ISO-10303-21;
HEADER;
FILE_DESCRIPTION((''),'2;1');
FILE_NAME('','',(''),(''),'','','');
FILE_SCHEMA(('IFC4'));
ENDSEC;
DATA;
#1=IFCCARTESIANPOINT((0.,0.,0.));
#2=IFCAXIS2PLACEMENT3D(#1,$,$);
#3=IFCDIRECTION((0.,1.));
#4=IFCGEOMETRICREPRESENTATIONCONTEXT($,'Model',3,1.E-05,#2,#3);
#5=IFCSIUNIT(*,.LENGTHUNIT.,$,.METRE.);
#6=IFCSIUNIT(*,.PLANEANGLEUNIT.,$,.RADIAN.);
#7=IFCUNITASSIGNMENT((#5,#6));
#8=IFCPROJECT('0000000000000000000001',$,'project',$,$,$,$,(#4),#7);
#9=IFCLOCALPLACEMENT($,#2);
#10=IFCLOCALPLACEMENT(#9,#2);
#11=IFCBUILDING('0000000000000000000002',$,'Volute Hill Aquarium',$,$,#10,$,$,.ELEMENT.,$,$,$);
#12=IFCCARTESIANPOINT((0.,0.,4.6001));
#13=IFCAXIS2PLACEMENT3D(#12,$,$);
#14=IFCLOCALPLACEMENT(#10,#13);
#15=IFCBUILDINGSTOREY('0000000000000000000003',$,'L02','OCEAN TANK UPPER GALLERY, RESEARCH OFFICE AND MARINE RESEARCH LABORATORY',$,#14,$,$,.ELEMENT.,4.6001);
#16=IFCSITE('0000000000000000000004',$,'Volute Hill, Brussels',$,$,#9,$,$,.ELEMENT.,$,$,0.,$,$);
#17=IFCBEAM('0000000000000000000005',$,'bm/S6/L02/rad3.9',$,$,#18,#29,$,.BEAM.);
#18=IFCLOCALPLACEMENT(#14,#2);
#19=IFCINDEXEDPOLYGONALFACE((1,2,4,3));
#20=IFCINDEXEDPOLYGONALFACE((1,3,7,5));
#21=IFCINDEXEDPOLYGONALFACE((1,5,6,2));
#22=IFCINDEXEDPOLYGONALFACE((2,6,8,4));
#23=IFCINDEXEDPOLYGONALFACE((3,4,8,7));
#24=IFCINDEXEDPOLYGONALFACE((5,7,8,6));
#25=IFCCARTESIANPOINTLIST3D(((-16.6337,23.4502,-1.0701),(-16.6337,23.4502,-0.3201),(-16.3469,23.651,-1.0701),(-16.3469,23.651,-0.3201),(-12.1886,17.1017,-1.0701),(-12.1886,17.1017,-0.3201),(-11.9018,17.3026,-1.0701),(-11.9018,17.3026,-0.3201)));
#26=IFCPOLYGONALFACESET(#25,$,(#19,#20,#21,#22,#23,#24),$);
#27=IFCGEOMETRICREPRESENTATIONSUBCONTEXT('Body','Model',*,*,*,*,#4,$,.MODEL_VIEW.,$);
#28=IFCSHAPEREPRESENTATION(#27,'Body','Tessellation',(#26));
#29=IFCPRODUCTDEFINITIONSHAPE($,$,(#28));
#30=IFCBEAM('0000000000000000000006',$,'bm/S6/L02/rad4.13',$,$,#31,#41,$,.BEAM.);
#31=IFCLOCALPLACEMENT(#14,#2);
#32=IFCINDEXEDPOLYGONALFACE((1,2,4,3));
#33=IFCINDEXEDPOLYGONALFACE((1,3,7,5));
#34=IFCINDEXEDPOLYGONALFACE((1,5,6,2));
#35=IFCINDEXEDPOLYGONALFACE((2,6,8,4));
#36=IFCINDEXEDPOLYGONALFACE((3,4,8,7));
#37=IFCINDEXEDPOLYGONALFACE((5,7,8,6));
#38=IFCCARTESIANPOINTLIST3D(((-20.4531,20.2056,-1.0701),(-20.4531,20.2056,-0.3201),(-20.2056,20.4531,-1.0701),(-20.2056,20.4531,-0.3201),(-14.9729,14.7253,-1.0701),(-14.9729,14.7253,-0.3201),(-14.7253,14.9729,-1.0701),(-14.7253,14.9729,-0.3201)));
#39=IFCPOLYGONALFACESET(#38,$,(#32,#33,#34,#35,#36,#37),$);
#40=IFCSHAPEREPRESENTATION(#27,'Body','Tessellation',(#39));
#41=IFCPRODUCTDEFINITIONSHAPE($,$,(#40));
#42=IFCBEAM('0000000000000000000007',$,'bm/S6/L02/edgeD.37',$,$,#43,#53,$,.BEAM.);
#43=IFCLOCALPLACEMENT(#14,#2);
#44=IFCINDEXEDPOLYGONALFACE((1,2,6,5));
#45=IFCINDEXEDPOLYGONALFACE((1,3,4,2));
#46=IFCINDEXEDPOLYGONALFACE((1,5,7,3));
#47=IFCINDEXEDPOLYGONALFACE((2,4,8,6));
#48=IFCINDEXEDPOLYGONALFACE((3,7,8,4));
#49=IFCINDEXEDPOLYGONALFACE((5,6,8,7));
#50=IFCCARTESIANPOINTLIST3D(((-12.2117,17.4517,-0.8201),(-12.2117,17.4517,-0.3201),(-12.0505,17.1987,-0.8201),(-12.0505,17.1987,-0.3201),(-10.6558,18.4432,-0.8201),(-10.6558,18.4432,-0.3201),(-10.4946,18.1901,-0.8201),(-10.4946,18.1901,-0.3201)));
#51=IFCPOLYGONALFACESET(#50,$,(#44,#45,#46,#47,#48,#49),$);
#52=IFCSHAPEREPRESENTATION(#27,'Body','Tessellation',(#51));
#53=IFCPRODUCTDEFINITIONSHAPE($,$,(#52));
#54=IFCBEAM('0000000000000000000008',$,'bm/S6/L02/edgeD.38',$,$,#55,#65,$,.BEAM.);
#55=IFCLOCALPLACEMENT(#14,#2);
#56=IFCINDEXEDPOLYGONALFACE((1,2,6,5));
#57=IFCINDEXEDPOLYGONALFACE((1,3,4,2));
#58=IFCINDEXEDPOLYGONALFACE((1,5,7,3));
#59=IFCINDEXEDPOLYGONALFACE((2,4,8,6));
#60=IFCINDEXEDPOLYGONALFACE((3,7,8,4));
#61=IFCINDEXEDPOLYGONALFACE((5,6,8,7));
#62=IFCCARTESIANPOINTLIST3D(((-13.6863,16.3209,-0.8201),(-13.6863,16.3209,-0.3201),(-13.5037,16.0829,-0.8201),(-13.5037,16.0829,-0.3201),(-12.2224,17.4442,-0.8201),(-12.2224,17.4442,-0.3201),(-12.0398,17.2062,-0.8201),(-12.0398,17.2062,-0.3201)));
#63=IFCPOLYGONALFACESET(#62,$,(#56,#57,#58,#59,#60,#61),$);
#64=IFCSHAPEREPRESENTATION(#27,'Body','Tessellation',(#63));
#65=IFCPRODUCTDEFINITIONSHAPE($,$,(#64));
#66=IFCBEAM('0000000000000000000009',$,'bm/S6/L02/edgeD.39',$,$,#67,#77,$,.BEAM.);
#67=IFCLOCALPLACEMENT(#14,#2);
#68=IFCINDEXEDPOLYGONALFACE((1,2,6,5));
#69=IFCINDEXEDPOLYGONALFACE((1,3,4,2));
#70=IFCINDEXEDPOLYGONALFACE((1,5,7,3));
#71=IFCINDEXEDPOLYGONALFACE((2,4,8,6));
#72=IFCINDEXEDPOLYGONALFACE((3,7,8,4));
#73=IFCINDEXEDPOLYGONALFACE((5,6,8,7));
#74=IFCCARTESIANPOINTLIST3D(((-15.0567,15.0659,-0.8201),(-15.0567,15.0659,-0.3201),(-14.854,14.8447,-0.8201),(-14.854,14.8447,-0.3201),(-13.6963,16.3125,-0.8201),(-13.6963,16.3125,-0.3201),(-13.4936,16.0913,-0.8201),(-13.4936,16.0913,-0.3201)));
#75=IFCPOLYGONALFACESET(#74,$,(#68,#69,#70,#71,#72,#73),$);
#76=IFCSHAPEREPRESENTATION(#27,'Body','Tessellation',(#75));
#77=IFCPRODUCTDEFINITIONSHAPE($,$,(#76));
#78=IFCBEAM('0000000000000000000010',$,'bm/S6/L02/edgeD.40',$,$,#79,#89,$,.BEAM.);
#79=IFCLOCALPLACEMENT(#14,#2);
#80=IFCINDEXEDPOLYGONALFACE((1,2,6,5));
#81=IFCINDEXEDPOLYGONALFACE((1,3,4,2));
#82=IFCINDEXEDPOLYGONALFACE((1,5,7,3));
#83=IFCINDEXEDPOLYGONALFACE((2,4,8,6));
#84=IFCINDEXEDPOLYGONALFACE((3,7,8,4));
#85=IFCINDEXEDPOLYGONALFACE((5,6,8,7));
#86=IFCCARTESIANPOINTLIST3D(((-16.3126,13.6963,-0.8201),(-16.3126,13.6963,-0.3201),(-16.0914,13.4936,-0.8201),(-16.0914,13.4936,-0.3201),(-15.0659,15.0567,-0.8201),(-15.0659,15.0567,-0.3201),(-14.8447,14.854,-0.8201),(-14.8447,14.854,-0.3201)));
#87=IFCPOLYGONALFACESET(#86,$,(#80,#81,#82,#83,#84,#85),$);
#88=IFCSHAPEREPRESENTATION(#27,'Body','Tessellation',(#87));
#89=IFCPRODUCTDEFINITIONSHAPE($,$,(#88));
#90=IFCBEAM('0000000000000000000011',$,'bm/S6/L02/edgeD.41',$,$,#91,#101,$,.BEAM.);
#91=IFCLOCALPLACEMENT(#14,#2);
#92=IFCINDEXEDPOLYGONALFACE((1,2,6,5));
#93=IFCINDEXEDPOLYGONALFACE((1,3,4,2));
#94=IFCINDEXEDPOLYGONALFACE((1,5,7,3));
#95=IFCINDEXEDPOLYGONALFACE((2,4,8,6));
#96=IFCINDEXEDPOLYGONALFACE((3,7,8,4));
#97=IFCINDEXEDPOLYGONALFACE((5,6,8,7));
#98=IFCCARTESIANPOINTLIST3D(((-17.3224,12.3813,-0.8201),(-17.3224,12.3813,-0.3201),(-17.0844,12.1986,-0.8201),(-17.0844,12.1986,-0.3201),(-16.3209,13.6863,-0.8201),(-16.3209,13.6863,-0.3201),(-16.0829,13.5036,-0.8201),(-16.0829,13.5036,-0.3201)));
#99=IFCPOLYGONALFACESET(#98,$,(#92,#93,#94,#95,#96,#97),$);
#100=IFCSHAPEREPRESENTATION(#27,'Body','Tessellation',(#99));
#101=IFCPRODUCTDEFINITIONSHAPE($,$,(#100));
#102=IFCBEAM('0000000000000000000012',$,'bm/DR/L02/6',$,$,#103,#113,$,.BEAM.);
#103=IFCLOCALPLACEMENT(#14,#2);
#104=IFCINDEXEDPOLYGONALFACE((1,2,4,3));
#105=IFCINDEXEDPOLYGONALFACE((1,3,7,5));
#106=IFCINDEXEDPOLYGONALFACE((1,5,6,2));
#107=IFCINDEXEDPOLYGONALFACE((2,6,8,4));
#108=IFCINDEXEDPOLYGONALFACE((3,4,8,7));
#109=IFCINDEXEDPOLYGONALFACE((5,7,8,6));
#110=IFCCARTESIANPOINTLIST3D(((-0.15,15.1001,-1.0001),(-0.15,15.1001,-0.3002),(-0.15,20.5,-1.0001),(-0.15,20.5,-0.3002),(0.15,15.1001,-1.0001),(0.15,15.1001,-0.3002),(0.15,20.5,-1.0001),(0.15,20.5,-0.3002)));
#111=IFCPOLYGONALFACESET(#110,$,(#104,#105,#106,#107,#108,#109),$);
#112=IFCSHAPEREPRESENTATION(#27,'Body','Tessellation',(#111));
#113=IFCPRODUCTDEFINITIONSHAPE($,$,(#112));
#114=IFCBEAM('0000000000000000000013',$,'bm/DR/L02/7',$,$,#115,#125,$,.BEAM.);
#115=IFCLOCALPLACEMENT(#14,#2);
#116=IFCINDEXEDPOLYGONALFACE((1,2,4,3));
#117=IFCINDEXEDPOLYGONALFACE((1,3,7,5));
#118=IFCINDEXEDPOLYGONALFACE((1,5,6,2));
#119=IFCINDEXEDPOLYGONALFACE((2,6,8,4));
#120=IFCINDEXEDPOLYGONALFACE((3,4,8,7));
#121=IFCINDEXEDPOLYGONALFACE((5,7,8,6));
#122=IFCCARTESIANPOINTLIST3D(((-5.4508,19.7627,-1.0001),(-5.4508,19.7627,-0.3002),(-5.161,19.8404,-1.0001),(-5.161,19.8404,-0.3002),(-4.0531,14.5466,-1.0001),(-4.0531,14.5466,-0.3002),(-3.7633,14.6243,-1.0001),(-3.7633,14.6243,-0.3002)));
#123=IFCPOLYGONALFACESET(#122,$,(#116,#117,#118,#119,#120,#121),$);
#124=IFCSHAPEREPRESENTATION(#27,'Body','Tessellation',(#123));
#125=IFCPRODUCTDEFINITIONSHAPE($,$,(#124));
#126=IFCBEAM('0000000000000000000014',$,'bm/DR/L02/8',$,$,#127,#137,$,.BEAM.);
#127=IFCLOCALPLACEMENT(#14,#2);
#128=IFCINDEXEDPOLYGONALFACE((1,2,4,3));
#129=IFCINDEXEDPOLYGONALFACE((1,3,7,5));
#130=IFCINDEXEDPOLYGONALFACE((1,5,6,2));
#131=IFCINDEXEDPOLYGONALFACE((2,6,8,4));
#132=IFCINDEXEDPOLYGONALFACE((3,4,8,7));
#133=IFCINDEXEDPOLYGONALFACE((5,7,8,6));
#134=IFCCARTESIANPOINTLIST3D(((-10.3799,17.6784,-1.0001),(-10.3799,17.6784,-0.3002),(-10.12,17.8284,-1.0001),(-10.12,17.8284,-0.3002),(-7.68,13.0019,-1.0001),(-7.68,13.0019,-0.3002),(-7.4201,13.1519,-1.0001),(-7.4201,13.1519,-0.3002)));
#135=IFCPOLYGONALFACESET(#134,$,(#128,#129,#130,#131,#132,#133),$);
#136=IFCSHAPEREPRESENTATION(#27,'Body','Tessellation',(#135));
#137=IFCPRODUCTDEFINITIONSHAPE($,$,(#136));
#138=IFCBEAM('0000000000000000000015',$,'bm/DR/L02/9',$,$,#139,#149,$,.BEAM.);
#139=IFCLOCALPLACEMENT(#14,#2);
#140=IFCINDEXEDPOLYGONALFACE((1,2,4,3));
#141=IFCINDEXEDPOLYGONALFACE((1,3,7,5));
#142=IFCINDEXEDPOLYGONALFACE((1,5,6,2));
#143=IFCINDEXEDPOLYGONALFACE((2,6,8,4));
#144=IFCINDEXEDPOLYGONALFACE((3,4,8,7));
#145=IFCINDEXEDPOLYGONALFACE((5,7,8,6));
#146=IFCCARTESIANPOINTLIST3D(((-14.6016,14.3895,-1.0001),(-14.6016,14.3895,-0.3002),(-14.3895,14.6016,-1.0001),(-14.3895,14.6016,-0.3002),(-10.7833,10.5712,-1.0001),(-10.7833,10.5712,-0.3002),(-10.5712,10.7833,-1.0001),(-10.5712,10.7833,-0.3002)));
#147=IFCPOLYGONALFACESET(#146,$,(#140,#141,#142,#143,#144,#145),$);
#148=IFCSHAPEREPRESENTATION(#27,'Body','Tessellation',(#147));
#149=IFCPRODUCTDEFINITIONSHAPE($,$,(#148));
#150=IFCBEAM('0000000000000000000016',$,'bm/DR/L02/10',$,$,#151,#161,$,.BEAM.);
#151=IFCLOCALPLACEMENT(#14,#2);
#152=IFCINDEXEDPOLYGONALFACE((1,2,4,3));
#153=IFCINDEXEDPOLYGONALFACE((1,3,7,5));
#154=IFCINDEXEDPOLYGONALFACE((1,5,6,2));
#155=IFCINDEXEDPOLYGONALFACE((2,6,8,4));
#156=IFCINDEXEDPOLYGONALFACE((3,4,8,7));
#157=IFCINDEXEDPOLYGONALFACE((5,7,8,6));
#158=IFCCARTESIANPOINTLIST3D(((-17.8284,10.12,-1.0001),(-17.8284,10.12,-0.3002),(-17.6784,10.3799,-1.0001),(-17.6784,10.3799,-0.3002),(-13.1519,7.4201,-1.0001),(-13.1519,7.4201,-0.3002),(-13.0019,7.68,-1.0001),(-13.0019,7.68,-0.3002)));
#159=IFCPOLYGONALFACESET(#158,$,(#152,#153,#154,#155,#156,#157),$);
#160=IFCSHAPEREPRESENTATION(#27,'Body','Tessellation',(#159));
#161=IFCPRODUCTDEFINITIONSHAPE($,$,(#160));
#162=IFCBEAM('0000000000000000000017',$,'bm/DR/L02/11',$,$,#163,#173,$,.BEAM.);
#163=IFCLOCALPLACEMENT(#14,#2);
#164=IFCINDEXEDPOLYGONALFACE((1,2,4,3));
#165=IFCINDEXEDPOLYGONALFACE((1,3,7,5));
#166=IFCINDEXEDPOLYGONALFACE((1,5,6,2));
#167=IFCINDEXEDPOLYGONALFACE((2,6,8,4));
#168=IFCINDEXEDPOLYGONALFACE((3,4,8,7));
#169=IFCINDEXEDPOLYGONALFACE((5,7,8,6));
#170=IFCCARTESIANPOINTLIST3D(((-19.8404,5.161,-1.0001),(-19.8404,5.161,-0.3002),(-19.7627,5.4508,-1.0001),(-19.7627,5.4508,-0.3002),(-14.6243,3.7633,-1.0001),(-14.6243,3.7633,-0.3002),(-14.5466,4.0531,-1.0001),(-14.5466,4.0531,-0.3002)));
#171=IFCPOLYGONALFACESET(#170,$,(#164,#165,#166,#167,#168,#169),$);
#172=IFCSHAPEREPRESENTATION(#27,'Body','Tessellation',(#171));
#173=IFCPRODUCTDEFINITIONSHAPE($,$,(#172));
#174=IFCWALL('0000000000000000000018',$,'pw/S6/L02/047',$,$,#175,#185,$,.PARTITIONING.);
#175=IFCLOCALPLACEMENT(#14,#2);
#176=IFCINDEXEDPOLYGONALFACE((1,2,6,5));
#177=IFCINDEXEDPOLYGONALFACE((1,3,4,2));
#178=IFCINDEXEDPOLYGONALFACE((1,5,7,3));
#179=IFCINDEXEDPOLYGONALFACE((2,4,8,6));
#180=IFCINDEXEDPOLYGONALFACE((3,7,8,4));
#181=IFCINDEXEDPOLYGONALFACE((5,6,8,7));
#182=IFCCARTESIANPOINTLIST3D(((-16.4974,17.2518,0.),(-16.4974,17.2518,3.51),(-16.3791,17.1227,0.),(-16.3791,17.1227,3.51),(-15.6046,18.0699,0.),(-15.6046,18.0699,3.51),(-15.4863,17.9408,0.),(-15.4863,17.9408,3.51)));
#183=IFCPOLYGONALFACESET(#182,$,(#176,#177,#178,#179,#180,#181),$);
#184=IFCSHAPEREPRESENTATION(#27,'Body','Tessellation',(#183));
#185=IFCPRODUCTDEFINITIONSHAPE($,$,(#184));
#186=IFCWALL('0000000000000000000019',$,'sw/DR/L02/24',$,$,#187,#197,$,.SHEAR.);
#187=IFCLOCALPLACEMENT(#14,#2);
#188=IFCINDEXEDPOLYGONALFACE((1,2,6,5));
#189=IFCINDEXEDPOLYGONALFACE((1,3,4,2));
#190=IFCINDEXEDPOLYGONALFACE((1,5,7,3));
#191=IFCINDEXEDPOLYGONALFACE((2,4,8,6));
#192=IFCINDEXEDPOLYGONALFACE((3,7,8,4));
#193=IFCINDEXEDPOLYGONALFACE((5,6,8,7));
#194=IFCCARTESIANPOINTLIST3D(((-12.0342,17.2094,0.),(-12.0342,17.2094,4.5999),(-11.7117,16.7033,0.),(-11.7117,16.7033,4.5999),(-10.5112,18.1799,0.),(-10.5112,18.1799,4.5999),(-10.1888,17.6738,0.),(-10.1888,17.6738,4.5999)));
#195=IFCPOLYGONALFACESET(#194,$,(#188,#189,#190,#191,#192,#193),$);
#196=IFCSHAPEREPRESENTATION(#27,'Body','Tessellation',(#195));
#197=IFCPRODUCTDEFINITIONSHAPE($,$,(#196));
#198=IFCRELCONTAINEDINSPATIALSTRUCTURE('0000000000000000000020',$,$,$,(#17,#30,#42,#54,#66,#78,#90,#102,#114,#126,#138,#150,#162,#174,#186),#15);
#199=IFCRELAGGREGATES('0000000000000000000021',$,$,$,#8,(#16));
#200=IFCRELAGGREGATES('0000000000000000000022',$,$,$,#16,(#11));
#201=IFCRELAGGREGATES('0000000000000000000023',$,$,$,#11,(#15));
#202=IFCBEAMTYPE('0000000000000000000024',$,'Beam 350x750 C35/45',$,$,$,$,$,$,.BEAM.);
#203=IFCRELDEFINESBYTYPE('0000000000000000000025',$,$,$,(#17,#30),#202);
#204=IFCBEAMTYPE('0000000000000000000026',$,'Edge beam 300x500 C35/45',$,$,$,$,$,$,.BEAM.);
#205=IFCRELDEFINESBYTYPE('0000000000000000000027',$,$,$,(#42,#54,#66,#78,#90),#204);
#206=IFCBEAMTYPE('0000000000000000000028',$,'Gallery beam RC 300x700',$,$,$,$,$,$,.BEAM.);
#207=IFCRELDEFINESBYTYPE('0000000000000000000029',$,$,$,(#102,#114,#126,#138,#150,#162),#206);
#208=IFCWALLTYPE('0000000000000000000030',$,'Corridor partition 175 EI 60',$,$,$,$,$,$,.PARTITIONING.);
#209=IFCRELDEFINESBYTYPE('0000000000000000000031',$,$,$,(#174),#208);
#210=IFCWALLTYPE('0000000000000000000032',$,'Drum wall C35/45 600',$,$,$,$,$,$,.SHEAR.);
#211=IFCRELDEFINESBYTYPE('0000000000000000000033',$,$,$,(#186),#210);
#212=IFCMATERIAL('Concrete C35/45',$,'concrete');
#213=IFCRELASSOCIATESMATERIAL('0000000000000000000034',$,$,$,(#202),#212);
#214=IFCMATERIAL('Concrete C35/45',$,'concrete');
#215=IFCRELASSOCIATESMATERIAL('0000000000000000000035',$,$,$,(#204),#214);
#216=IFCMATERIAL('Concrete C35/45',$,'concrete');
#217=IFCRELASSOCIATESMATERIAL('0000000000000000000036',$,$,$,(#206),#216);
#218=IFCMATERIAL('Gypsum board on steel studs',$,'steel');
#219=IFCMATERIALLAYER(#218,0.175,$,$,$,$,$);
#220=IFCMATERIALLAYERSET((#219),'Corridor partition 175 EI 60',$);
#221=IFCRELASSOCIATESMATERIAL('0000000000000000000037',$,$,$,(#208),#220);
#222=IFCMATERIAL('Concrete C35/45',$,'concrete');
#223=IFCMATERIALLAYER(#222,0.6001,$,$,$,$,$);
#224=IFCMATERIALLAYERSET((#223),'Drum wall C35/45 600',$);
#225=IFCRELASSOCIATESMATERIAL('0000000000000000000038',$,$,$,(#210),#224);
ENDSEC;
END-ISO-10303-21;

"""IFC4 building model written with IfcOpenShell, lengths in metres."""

from ifc_helpers import new_model, si_unit, direction, frame, frame_2d, origin, origin_2d, place, context, subcontext, project, spatial, rectangle, extrude, material, layer, layer_set, material_profile, profile_set, type_object, element, save


model = new_model("IFC4")

# Units and contexts
model_context = context("Model", 3, precision=1e-05, world=origin(), true_north=direction((0.0, 1.0)))
body_context = subcontext(model_context, "Body", "Model", "MODEL_VIEW")
ifc_project = project(units=[si_unit("LENGTHUNIT", "METRE"), si_unit("PLANEANGLEUNIT", "RADIAN")], contexts=[model_context])

# Site, building, storey
site_placement = place(None, origin())
site = spatial("IfcSite", under=ifc_project, at=site_placement, Name="Volute Hill, Brussels", CompositionType="ELEMENT", RefElevation=0.0)
building_placement = place(site_placement, origin())
building = spatial("IfcBuilding", under=site, at=building_placement, Name="Volute Hill Aquarium", CompositionType="ELEMENT")
storey_placement = place(building_placement, frame((0.0, 0.0, 4.6001)))
storey = spatial("IfcBuildingStorey", under=building, at=storey_placement, Name="L02", Description="OCEAN TANK UPPER GALLERY, RESEARCH OFFICE AND MARINE RESEARCH LABORATORY", CompositionType="ELEMENT", Elevation=4.6001)

# Beams
ifc_material_1 = material(Name="Concrete C35/45", Category="concrete")
ifc_material_profile_1 = material_profile(ifc_material_1, rectangle(XDim=0.3501, YDim=0.75, at=origin_2d()), Name="RC beam 350x750")
ifc_profile_set_1 = profile_set([ifc_material_profile_1], Name="Concrete C35/45")
beam_type_1 = type_object("IfcBeamType", Name="Beam 350x750 C35/45", PredefinedType="BEAM", material=ifc_profile_set_1)
beam_1_placement = place(storey_placement, frame((-12.0452, 17.2021, -0.6951), z_axis=(-0.573566, 0.819159, 0.0), x_axis=(-0.819159, -0.573566, 0.0)))
element("IfcBeam", 1, at=beam_1_placement, inside=storey, type_object=beam_type_1, Name="bm/S6/L02/rad3.9", PredefinedType="BEAM", context=body_context, shape_type="SweptSolid", body=[
    extrude(rectangle(XDim=0.3501, YDim=0.75, at=origin_2d()), origin(), (0.0, 0.0, 1.0), 7.75),
])
beam_2_placement = place(storey_placement, frame((-14.8491, 14.8491, -0.6951), z_axis=(-0.707107, 0.707107, 0.0), x_axis=(-0.707107, -0.707107, 0.0)))
element("IfcBeam", 2, at=beam_2_placement, inside=storey, type_object=beam_type_1, Name="bm/S6/L02/rad4.13", PredefinedType="BEAM", context=body_context, shape_type="SweptSolid", body=[
    extrude(rectangle(XDim=0.3501, YDim=0.75, at=origin_2d()), origin(), (0.0, 0.0, 1.0), 7.7502),
])
ifc_material_2 = material(Name="Concrete C35/45", Category="concrete")
ifc_material_profile_2 = material_profile(ifc_material_2, rectangle(XDim=0.3, YDim=0.5, at=origin_2d()), Name="RC edge beam 300x500")
ifc_profile_set_2 = profile_set([ifc_material_profile_2], Name="Concrete C35/45")
beam_type_2 = type_object("IfcBeamType", Name="Edge beam 300x500 C35/45", PredefinedType="BEAM", material=ifc_profile_set_2)
beam_3_placement = place(storey_placement, frame((-10.5752, 18.3167, -0.5701), z_axis=(-0.843334, -0.537389, 0.0), x_axis=(0.537389, -0.843334, 0.0)))
element("IfcBeam", 3, at=beam_3_placement, inside=storey, type_object=beam_type_2, Name="bm/S6/L02/edgeD.37", PredefinedType="BEAM", context=body_context, shape_type="SweptSolid", body=[
    extrude(rectangle(XDim=0.3, YDim=0.5, at=origin_2d()), origin(), (0.0, 0.0, 1.0), 1.845),
])
for number, where, z_axis, x_axis, name in (
    (4, (-12.1311, 17.3252, -0.5701), (-0.793346, -0.60877, 0.0), (0.60877, -0.793346, 0.0), "bm/S6/L02/edgeD.38"),
    (5, (-13.595, 16.2019, -0.5701), (-0.737264, -0.675605, 0.0), (0.675605, -0.737264, 0.0), "bm/S6/L02/edgeD.39"),
    (6, (-14.9553, 14.9553, -0.5701), (-0.675605, -0.737264, 0.0), (0.737264, -0.675605, 0.0), "bm/S6/L02/edgeD.40"),
):
    element("IfcBeam", number, at=place(storey_placement, frame(where, z_axis=z_axis, x_axis=x_axis)), inside=storey, type_object=beam_type_2, Name=name, PredefinedType="BEAM", context=body_context, shape_type="SweptSolid", body=[
        extrude(rectangle(XDim=0.3, YDim=0.5, at=origin_2d()), origin(), (0.0, 0.0, 1.0), 1.8452),
    ])
beam_4_placement = place(storey_placement, frame((-16.2019, 13.595, -0.5701), z_axis=(-0.608821, -0.793308, 0.0), x_axis=(0.793308, -0.608821, 0.0)))
element("IfcBeam", 7, at=beam_4_placement, inside=storey, type_object=beam_type_2, Name="bm/S6/L02/edgeD.41", PredefinedType="BEAM", context=body_context, shape_type="SweptSolid", body=[
    extrude(rectangle(XDim=0.3, YDim=0.5, at=origin_2d()), origin(), (0.0, 0.0, 1.0), 1.645),
])
ifc_material_3 = material(Name="Concrete C35/45", Category="concrete")
ifc_material_profile_3 = material_profile(ifc_material_3, rectangle(XDim=0.3, YDim=0.7, at=origin_2d()), Name="RC beam 300x700")
ifc_profile_set_3 = profile_set([ifc_material_profile_3], Name="Concrete C35/45")
beam_type_3 = type_object("IfcBeamType", Name="Gallery beam RC 300x700", PredefinedType="BEAM", material=ifc_profile_set_3)
beam_5_placement = place(storey_placement, frame((0.0, 15.1001, -0.6501), z_axis=(0.0, 1.0, 0.0), x_axis=(-1.0, 0.0, 0.0)))
element("IfcBeam", 8, at=beam_5_placement, inside=storey, type_object=beam_type_3, Name="bm/DR/L02/6", PredefinedType="BEAM", context=body_context, shape_type="SweptSolid", body=[
    extrude(rectangle(XDim=0.3, YDim=0.7, at=origin_2d()), origin(), (0.0, 0.0, 1.0), 5.3999),
])
beam_6_placement = place(storey_placement, frame((-3.9082, 14.5854, -0.6501), z_axis=(-0.25883, 0.965923, 0.0), x_axis=(-0.965923, -0.25883, 0.0)))
element("IfcBeam", 9, at=beam_6_placement, inside=storey, type_object=beam_type_3, Name="bm/DR/L02/7", PredefinedType="BEAM", context=body_context, shape_type="SweptSolid", body=[
    extrude(rectangle(XDim=0.3, YDim=0.7, at=origin_2d()), origin(), (0.0, 0.0, 1.0), 5.4001),
])
for number, where, z_axis, x_axis, name in (
    (10, (-7.55, 13.0769, -0.6501), (-0.499995, 0.866028, 0.0), (-0.866028, -0.499995, 0.0), "bm/DR/L02/8"),
    (11, (-10.6772, 10.6772, -0.6501), (-0.707107, 0.707107, 0.0), (-0.707107, -0.707107, 0.0), "bm/DR/L02/9"),
    (12, (-13.0769, 7.55, -0.6501), (-0.866028, 0.499995, 0.0), (-0.499995, -0.866028, 0.0), "bm/DR/L02/10"),
):
    element("IfcBeam", number, at=place(storey_placement, frame(where, z_axis=z_axis, x_axis=x_axis)), inside=storey, type_object=beam_type_3, Name=name, PredefinedType="BEAM", context=body_context, shape_type="SweptSolid", body=[
        extrude(rectangle(XDim=0.3, YDim=0.7, at=origin_2d()), origin(), (0.0, 0.0, 1.0), 5.3999),
    ])
beam_7_placement = place(storey_placement, frame((-14.5854, 3.9082, -0.6501), z_axis=(-0.965923, 0.25883, 0.0), x_axis=(-0.25883, -0.965923, 0.0)))
element("IfcBeam", 13, at=beam_7_placement, inside=storey, type_object=beam_type_3, Name="bm/DR/L02/11", PredefinedType="BEAM", context=body_context, shape_type="SweptSolid", body=[
    extrude(rectangle(XDim=0.3, YDim=0.7, at=origin_2d()), origin(), (0.0, 0.0, 1.0), 5.4001),
])

# Walls
ifc_material_4 = material(Name="Gypsum board on steel studs", Category="steel")
ifc_layer_1 = layer(ifc_material_4, 0.175)
ifc_layer_set_1 = layer_set([ifc_layer_1], Name="Corridor partition 175 EI 60")
wall_type_1 = type_object("IfcWallType", Name="Corridor partition 175 EI 60", PredefinedType="PARTITIONING", material=ifc_layer_set_1)
wall_1_placement = place(storey_placement, frame((-16.4382, 17.1873, 0.0), z_axis=(0.0, 0.0, 1.0), x_axis=(0.73728, 0.675588, 0.0)))
element("IfcWall", 14, at=wall_1_placement, inside=storey, type_object=wall_type_1, Name="pw/S6/L02/047", PredefinedType="PARTITIONING", context=body_context, shape_type="SweptSolid", body=[
    extrude(rectangle(XDim=1.2109, YDim=0.175, at=frame_2d((0.6055, 0.0))), origin(), (0.0, 0.0, 1.0), 3.51),
])
ifc_material_5 = material(Name="Concrete C35/45", Category="concrete")
ifc_layer_2 = layer(ifc_material_5, 0.6001)
ifc_layer_set_2 = layer_set([ifc_layer_2], Name="Drum wall C35/45 600")
wall_type_2 = type_object("IfcWallType", Name="Drum wall C35/45 600", PredefinedType="SHEAR", material=ifc_layer_set_2)
wall_2_placement = place(storey_placement, frame((-10.3501, 17.9268, 0.0), z_axis=(0.0, 0.0, 1.0), x_axis=(-0.843333, -0.537392, 0.0)))
element("IfcWall", 15, at=wall_2_placement, inside=storey, type_object=wall_type_2, Name="sw/DR/L02/24", PredefinedType="SHEAR", context=body_context, shape_type="SweptSolid", body=[
    extrude(rectangle(XDim=1.8059, YDim=0.6001, at=frame_2d((0.9028, 0.0))), origin(), (0.0, 0.0, 1.0), 4.5999),
])

save(model, "model.ifc")
